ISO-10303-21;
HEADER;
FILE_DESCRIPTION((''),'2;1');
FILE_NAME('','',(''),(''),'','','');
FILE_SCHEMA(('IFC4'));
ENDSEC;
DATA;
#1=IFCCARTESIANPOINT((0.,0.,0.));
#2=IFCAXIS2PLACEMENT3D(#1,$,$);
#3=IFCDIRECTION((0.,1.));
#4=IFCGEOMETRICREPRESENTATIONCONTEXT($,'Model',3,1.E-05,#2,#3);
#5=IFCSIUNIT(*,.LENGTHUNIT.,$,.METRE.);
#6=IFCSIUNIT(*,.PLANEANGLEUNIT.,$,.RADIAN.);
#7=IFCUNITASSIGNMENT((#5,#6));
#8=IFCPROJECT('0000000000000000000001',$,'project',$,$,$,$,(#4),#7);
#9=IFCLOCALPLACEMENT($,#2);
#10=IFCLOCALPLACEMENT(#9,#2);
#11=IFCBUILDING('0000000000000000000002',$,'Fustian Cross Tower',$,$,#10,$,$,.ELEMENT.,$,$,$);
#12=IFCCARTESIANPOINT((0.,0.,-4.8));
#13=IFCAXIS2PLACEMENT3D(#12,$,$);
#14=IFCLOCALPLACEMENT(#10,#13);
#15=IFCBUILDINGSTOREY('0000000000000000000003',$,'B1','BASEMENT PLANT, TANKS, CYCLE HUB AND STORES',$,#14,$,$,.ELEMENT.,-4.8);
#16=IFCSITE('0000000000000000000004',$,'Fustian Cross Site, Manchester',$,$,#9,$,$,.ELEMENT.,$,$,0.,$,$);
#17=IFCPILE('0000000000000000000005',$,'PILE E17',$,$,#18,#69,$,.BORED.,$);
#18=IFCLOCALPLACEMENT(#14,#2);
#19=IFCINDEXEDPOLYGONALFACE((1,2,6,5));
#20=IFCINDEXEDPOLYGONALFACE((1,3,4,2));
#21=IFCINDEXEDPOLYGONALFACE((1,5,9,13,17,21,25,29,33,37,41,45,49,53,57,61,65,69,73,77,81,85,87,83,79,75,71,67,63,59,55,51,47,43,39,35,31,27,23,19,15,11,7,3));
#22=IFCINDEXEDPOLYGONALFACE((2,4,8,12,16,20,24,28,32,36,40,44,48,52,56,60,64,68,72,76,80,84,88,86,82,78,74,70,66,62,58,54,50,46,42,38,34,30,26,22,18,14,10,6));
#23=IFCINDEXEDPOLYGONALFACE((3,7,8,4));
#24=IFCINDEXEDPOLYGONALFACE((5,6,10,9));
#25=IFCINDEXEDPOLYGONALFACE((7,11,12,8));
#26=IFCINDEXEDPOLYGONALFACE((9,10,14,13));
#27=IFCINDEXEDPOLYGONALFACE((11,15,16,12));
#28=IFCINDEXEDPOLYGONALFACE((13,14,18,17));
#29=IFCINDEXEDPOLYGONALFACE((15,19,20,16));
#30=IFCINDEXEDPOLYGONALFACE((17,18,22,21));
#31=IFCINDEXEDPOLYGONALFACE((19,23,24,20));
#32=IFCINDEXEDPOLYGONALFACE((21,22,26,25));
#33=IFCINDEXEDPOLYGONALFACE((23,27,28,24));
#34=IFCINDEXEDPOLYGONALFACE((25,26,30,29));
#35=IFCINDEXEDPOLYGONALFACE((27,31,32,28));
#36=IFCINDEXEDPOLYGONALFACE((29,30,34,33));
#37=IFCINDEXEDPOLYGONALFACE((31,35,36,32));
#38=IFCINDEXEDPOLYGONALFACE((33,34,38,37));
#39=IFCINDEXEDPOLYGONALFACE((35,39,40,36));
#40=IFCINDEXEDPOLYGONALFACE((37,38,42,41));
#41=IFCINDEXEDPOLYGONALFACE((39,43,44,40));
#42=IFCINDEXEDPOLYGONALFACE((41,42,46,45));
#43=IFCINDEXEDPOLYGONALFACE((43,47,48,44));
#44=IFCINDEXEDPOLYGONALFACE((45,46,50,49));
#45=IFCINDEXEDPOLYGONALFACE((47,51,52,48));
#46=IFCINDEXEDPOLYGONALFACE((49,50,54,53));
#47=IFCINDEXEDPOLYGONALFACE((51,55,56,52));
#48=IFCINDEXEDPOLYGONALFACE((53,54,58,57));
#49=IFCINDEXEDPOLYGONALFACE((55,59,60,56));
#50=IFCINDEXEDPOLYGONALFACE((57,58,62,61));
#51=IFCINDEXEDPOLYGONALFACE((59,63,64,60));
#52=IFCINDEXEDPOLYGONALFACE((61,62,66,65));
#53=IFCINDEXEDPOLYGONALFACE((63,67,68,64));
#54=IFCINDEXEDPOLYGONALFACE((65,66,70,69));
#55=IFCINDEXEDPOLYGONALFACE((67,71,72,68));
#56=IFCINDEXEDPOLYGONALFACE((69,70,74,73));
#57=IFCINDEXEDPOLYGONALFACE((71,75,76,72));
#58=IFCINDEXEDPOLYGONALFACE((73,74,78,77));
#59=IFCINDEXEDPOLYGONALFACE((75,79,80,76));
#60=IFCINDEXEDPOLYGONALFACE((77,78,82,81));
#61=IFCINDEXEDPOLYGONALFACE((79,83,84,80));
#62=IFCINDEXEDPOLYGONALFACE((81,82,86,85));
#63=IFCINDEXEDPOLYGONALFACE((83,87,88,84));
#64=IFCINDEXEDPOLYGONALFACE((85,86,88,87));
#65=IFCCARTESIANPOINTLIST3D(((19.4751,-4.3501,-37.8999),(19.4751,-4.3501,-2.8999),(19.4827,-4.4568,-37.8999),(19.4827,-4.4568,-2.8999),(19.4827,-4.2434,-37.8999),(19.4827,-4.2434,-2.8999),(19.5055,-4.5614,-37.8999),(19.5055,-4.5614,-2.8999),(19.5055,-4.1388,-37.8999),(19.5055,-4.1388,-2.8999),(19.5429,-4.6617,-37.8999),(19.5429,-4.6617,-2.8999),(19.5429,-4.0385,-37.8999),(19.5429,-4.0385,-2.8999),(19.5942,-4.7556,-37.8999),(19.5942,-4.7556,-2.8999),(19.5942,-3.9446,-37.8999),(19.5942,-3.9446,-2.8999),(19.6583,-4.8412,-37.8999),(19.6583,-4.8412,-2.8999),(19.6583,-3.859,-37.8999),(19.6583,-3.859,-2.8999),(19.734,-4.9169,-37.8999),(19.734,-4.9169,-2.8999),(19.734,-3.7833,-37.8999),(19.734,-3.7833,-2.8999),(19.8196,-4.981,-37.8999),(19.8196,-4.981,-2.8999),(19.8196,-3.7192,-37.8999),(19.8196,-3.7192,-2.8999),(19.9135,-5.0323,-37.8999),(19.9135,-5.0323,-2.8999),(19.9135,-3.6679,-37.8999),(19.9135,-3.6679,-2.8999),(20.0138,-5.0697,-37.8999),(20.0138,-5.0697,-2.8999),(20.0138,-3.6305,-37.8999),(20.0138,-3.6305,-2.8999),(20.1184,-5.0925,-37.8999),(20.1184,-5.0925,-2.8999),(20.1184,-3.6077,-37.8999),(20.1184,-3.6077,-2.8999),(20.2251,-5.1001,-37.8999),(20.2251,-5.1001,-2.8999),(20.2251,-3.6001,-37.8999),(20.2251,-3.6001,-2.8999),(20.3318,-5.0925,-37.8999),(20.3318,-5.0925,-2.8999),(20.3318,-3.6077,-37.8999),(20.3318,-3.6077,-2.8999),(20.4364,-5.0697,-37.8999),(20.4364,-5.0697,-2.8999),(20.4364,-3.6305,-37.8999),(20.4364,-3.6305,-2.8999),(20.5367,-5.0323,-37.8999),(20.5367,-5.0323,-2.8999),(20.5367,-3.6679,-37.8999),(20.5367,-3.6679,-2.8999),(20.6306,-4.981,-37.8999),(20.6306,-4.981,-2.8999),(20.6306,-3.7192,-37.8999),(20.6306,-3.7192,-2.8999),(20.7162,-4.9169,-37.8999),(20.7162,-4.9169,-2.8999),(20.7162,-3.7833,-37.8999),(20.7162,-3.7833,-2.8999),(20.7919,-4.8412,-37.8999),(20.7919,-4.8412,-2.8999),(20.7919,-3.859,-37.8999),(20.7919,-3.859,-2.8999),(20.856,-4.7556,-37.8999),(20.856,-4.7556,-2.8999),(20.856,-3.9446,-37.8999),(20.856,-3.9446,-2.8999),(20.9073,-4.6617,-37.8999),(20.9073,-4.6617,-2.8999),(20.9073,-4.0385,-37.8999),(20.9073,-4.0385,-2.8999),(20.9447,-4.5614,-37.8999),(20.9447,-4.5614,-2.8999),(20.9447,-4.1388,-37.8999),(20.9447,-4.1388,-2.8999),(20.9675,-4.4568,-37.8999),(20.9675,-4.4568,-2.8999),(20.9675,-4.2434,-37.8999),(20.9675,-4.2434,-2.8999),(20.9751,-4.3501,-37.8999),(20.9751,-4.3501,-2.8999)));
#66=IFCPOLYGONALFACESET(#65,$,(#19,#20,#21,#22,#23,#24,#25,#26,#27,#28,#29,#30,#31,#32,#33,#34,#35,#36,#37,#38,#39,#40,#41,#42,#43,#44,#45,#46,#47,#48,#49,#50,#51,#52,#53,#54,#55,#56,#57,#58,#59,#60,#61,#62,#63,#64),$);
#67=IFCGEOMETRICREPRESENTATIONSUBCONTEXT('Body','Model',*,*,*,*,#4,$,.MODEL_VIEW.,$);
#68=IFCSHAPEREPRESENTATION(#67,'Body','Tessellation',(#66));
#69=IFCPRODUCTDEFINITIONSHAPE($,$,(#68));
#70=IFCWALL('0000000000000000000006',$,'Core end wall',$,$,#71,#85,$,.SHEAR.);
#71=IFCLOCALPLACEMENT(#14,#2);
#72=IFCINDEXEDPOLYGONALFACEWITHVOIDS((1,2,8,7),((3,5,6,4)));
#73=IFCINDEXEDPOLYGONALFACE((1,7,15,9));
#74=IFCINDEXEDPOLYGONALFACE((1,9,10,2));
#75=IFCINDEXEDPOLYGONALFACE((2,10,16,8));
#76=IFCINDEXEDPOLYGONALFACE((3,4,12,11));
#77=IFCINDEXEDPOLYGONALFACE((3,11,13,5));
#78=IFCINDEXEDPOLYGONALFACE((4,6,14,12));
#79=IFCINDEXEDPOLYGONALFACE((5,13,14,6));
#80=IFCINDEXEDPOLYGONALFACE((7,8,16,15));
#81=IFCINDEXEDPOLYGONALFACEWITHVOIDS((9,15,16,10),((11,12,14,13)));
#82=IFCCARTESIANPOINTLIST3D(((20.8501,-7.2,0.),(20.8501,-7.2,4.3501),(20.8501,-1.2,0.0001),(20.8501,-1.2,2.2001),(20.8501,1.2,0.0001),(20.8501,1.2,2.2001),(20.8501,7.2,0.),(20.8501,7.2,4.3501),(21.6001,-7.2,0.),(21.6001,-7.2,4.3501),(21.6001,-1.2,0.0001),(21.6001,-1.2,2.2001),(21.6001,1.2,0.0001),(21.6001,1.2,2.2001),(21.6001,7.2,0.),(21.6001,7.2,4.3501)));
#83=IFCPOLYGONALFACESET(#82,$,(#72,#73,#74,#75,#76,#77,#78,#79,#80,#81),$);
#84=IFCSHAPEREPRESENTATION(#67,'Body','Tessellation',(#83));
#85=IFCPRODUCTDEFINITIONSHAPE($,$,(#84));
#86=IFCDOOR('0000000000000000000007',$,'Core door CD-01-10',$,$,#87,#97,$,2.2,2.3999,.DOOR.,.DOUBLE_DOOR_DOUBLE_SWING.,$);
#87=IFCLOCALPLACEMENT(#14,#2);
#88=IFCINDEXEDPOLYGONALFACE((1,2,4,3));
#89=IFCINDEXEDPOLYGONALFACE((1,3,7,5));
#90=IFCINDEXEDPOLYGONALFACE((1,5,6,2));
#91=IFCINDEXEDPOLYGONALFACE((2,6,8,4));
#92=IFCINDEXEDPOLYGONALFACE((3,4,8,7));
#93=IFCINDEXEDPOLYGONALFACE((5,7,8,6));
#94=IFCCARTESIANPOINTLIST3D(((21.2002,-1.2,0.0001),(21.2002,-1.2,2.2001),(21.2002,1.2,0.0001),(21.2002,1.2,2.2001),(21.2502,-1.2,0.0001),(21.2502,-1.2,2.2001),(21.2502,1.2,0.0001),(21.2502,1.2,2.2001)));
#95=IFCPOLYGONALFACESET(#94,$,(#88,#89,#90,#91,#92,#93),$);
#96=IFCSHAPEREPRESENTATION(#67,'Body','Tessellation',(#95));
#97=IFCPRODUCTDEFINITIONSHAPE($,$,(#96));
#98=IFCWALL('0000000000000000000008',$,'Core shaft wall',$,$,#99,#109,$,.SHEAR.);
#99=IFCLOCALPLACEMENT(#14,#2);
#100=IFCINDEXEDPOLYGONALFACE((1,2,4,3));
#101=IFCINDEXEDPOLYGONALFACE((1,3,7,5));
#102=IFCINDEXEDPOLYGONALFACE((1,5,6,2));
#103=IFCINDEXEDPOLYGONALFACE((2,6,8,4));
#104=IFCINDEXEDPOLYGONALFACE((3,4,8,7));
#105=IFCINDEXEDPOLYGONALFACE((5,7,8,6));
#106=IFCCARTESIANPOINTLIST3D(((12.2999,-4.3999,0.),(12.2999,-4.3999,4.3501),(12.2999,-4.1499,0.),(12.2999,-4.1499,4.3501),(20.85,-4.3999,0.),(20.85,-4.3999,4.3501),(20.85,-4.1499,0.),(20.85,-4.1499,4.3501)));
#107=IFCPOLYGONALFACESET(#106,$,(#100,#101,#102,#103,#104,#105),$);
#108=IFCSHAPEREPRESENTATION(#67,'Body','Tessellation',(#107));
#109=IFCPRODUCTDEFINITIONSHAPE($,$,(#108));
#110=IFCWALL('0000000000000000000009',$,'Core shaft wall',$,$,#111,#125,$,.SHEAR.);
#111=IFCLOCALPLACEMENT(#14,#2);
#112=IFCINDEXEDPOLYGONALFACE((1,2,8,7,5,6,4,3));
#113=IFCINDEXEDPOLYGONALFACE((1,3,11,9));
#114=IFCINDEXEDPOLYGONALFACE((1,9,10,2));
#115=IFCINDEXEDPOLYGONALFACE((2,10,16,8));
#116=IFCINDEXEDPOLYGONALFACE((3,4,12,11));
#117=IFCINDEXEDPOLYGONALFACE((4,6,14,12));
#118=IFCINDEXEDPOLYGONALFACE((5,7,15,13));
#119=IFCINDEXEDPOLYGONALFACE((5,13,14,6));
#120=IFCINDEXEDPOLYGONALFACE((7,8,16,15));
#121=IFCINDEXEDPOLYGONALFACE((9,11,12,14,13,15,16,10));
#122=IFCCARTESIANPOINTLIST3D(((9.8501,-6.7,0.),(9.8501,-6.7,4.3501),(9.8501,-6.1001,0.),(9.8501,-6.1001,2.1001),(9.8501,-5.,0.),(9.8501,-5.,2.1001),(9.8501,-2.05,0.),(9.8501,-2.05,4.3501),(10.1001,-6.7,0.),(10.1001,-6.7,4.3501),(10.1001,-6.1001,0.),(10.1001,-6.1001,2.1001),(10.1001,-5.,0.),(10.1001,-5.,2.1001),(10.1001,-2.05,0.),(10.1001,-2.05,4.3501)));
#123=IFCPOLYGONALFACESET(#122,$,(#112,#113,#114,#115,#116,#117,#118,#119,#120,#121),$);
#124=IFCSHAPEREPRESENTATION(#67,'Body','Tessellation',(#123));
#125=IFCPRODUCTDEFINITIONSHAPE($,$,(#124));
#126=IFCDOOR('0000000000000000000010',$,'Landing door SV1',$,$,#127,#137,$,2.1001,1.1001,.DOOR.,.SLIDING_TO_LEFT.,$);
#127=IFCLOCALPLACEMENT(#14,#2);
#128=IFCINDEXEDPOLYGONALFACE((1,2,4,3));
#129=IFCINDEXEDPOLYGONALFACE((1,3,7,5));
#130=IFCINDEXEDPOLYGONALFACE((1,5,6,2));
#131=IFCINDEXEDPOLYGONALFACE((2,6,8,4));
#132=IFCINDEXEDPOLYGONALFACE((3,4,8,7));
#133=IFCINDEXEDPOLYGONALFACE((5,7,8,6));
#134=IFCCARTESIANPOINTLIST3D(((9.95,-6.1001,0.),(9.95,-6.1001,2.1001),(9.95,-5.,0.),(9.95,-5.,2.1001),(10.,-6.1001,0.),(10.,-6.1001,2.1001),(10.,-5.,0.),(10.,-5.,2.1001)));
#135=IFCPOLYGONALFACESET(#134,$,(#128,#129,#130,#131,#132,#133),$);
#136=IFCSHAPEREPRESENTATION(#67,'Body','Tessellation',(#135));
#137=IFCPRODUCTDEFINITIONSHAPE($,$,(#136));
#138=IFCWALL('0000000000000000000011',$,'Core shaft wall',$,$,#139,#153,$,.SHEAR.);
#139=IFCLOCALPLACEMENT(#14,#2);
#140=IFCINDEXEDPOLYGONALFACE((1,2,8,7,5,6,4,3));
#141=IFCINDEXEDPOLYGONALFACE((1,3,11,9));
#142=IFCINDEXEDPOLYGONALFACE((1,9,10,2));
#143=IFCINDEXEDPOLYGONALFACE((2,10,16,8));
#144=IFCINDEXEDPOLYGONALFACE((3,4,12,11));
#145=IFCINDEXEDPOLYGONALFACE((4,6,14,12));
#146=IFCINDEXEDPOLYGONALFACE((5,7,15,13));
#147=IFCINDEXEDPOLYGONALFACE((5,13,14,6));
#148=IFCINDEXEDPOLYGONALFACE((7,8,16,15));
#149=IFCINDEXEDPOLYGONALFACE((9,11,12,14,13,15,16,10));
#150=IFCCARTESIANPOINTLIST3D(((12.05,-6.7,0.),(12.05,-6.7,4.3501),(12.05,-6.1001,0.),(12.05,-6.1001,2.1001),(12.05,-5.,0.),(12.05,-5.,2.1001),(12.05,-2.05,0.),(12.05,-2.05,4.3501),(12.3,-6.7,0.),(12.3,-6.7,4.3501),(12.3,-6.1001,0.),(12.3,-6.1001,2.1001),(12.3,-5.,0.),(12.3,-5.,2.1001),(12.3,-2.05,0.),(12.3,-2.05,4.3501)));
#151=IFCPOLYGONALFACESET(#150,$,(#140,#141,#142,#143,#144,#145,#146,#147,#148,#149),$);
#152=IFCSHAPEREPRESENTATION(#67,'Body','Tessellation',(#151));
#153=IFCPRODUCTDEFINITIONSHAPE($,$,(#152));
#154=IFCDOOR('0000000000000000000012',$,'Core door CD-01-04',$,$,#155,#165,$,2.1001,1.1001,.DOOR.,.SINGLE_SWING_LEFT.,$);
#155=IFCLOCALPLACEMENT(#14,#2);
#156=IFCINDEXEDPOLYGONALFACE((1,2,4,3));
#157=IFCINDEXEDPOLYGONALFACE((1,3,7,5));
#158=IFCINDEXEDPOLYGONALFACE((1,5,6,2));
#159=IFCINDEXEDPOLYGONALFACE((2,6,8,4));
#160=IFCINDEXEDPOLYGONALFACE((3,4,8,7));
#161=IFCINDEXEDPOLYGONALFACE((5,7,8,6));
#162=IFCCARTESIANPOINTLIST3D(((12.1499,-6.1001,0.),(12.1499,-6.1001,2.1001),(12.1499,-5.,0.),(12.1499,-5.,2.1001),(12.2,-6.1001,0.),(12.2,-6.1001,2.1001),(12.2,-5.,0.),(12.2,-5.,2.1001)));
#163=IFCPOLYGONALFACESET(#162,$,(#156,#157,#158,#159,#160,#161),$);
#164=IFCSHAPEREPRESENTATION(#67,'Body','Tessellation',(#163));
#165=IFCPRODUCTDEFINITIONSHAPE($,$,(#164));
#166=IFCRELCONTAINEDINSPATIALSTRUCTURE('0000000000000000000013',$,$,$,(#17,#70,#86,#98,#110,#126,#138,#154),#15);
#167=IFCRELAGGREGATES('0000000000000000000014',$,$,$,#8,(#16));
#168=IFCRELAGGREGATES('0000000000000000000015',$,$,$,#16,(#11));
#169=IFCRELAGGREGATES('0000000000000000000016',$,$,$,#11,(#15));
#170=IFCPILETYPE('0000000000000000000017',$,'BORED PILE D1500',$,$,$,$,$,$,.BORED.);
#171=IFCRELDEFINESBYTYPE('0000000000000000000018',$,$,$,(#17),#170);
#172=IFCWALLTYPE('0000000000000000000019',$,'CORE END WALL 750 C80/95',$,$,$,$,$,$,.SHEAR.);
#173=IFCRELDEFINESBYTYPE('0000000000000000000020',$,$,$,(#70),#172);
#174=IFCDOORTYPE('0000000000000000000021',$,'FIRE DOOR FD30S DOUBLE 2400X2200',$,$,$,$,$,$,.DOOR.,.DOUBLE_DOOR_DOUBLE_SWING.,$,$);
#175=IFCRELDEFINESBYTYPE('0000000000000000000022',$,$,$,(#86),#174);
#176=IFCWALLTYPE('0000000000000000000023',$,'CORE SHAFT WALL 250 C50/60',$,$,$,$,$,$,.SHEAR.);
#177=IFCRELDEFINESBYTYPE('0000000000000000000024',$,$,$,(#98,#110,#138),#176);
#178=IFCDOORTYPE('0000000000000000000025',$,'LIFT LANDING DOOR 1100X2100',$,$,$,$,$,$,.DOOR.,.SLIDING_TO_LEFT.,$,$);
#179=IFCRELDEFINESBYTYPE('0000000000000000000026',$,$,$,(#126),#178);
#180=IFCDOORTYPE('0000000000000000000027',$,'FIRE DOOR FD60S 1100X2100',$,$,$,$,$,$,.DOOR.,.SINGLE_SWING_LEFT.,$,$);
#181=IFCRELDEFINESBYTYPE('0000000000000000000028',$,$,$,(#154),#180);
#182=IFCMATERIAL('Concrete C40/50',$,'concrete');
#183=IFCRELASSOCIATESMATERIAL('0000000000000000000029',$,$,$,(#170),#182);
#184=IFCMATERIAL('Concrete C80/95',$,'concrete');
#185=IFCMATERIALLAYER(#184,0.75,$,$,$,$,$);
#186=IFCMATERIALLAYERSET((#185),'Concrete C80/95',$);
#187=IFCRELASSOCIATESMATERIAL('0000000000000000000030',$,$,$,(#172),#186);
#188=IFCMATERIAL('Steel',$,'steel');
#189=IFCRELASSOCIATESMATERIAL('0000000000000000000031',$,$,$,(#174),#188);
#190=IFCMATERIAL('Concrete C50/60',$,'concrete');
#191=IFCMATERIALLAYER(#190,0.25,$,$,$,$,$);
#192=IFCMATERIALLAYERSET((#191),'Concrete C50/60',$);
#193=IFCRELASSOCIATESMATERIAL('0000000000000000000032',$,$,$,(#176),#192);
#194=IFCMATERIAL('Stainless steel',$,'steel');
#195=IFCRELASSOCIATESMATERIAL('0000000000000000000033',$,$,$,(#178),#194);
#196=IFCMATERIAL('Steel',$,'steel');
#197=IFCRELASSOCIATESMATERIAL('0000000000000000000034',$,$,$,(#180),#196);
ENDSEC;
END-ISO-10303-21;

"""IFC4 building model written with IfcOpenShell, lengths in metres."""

from ifc_helpers import new_model, si_unit, direction, frame, frame_2d, origin, origin_2d, place, context, subcontext, project, spatial, rectangle, circle, extrude, material, layer, layer_set, material_profile, profile_set, type_object, element, fill, save


model = new_model("IFC4")

# Units and contexts
model_context = context("Model", 3, precision=1e-05, world=origin(), true_north=direction((0.0, 1.0)))
body_context = subcontext(model_context, "Body", "Model", "MODEL_VIEW")
ifc_project = project(units=[si_unit("LENGTHUNIT", "METRE"), si_unit("PLANEANGLEUNIT", "RADIAN")], contexts=[model_context])

# Site, building, storey
site_placement = place(None, origin())
site = spatial("IfcSite", under=ifc_project, at=site_placement, Name="Fustian Cross Site, Manchester", CompositionType="ELEMENT", RefElevation=0.0)
building_placement = place(site_placement, origin())
building = spatial("IfcBuilding", under=site, at=building_placement, Name="Fustian Cross Tower", CompositionType="ELEMENT")
storey_placement = place(building_placement, frame((0.0, 0.0, -4.8)))
storey = spatial("IfcBuildingStorey", under=building, at=storey_placement, Name="B1", Description="BASEMENT PLANT, TANKS, CYCLE HUB AND STORES", CompositionType="ELEMENT", Elevation=-4.8)

# Pile
ifc_material_1 = material(Name="Concrete C40/50", Category="concrete")
ifc_material_profile = material_profile(ifc_material_1, circle(Radius=0.75, at=origin_2d()), Name="BORED PILE D1500")
ifc_profile_set = profile_set([ifc_material_profile], Name="Concrete C40/50")
pile_type = type_object("IfcPileType", Name="BORED PILE D1500", PredefinedType="BORED", material=ifc_profile_set)
for number, where, z_axis, x_axis, name in (
    (1, (20.2251, -4.3501, -2.8999), (0.0, 0.0, -1.0), (1.0, 0.0, 0.0), "PILE E17"),
):
    element("IfcPile", number, at=place(storey_placement, frame(where, z_axis=z_axis, x_axis=x_axis)), inside=storey, type_object=pile_type, Name=name, PredefinedType="BORED", context=body_context, shape_type="SweptSolid", body=[
        extrude(circle(Radius=0.75, at=origin_2d()), origin(), (0.0, 0.0, 1.0), 35.0),
    ])

# Wall, opening, door
ifc_material_2 = material(Name="Concrete C80/95", Category="concrete")
ifc_layer_1 = layer(ifc_material_2, 0.75)
ifc_layer_set_1 = layer_set([ifc_layer_1], Name="Concrete C80/95")
wall_type_1 = type_object("IfcWallType", Name="CORE END WALL 750 C80/95", PredefinedType="SHEAR", material=ifc_layer_set_1)
wall_1_placement = place(storey_placement, frame((21.2251, -7.2, 0.0), z_axis=(0.0, 0.0, 1.0), x_axis=(0.0, 1.0, 0.0)))
wall_1 = element("IfcWall", 2, at=wall_1_placement, inside=storey, type_object=wall_type_1, Name="Core end wall", PredefinedType="SHEAR", context=body_context, shape_type="SweptSolid", body=[
    extrude(rectangle(XDim=14.3999, YDim=0.75, at=frame_2d((7.2, 0.0))), origin(), (0.0, 0.0, 1.0), 4.3501),
])
opening_1_placement = place(wall_1_placement, frame((6.0, 0.0, 0.0)))
opening_1 = element("IfcOpeningElement", 3, at=opening_1_placement, cuts=wall_1, PredefinedType="OPENING", context=body_context, shape_type="SweptSolid", body=[
    extrude(rectangle(XDim=2.3999, YDim=2.2, at=frame_2d((1.2, 1.1001))), frame((0.0, 0.385, 0.0), z_axis=(0.0, -1.0, 0.0), x_axis=(1.0, 0.0, 0.0)), (0.0, 0.0, 1.0), 0.77),
])
ifc_material_3 = material(Name="Steel", Category="steel")
door_type_1 = type_object("IfcDoorType", Name="FIRE DOOR FD30S DOUBLE 2400X2200", OperationType="DOUBLE_DOOR_DOUBLE_SWING", PredefinedType="DOOR", material=ifc_material_3)
door_1_placement = place(opening_1_placement, origin())
door_1 = element("IfcDoor", 4, at=door_1_placement, inside=storey, type_object=door_type_1, Name="Core door CD-01-10", OperationType="DOUBLE_DOOR_DOUBLE_SWING", OverallHeight=2.2, OverallWidth=2.3999, PredefinedType="DOOR", context=body_context, shape_type="SweptSolid", body=[
    extrude(rectangle(XDim=2.3999, YDim=2.2, at=frame_2d((1.2, 1.1001))), frame((0.0, 0.0249, 0.0), z_axis=(0.0, -1.0, 0.0), x_axis=(1.0, 0.0, 0.0)), (0.0, 0.0, 1.0), 0.05),
])
fill(opening_1, door_1)

# Wall
ifc_material_4 = material(Name="Concrete C50/60", Category="concrete")
ifc_layer_2 = layer(ifc_material_4, 0.25)
ifc_layer_set_2 = layer_set([ifc_layer_2], Name="Concrete C50/60")
wall_type_2 = type_object("IfcWallType", Name="CORE SHAFT WALL 250 C50/60", PredefinedType="SHEAR", material=ifc_layer_set_2)
wall_2_placement = place(storey_placement, frame((12.3, -4.2749, 0.0), z_axis=(0.0, 0.0, 1.0), x_axis=(1.0, 0.0, 0.0)))
element("IfcWall", 5, at=wall_2_placement, inside=storey, type_object=wall_type_2, Name="Core shaft wall", PredefinedType="SHEAR", context=body_context, shape_type="SweptSolid", body=[
    extrude(rectangle(XDim=8.55, YDim=0.25, at=frame_2d((4.2749, 0.0))), origin(), (0.0, 0.0, 1.0), 4.3501),
])

# Walls, openings, doors
wall_3_placement = place(storey_placement, frame((9.9751, -2.05, 0.0), z_axis=(0.0, 0.0, 1.0), x_axis=(0.0, -1.0, 0.0)))
wall_3 = element("IfcWall", 6, at=wall_3_placement, inside=storey, type_object=wall_type_2, Name="Core shaft wall", PredefinedType="SHEAR", context=body_context, shape_type="SweptSolid", body=[
    extrude(rectangle(XDim=4.6499, YDim=0.25, at=frame_2d((2.325, 0.0))), origin(), (0.0, 0.0, 1.0), 4.3501),
])
opening_2_placement = place(wall_3_placement, frame((2.95, 0.0, 0.0)))
opening_2 = element("IfcOpeningElement", 7, at=opening_2_placement, cuts=wall_3, PredefinedType="OPENING", context=body_context, shape_type="SweptSolid", body=[
    extrude(rectangle(XDim=1.1001, YDim=2.1001, at=frame_2d((0.55, 1.05))), frame((0.0, 0.135, 0.0), z_axis=(0.0, -1.0, 0.0), x_axis=(1.0, 0.0, 0.0)), (0.0, 0.0, 1.0), 0.27),
])
ifc_material_5 = material(Name="Stainless steel", Category="steel")
door_type_2 = type_object("IfcDoorType", Name="LIFT LANDING DOOR 1100X2100", OperationType="SLIDING_TO_LEFT", PredefinedType="DOOR", material=ifc_material_5)
door_2_placement = place(opening_2_placement, origin())
door_2 = element("IfcDoor", 8, at=door_2_placement, inside=storey, type_object=door_type_2, Name="Landing door SV1", OperationType="SLIDING_TO_LEFT", OverallHeight=2.1001, OverallWidth=1.1001, PredefinedType="DOOR", context=body_context, shape_type="SweptSolid", body=[
    extrude(rectangle(XDim=1.1001, YDim=2.1001, at=frame_2d((0.55, 1.05))), frame((0.0, 0.0249, 0.0), z_axis=(0.0, -1.0, 0.0), x_axis=(1.0, 0.0, 0.0)), (0.0, 0.0, 1.0), 0.05),
])
fill(opening_2, door_2)
wall_4_placement = place(storey_placement, frame((12.175, -2.05, 0.0), z_axis=(0.0, 0.0, 1.0), x_axis=(0.0, -1.0, 0.0)))
wall_4 = element("IfcWall", 9, at=wall_4_placement, inside=storey, type_object=wall_type_2, Name="Core shaft wall", PredefinedType="SHEAR", context=body_context, shape_type="SweptSolid", body=[
    extrude(rectangle(XDim=4.6499, YDim=0.25, at=frame_2d((2.325, 0.0))), origin(), (0.0, 0.0, 1.0), 4.3501),
])
opening_3_placement = place(wall_4_placement, frame((2.95, 0.0, 0.0)))
opening_3 = element("IfcOpeningElement", 10, at=opening_3_placement, cuts=wall_4, PredefinedType="OPENING", context=body_context, shape_type="SweptSolid", body=[
    extrude(rectangle(XDim=1.1001, YDim=2.1001, at=frame_2d((0.55, 1.05))), frame((0.0, 0.135, 0.0), z_axis=(0.0, -1.0, 0.0), x_axis=(1.0, 0.0, 0.0)), (0.0, 0.0, 1.0), 0.27),
])
ifc_material_6 = material(Name="Steel", Category="steel")
door_type_3 = type_object("IfcDoorType", Name="FIRE DOOR FD60S 1100X2100", OperationType="SINGLE_SWING_LEFT", PredefinedType="DOOR", material=ifc_material_6)
door_3_placement = place(opening_3_placement, origin())
door_3 = element("IfcDoor", 11, at=door_3_placement, inside=storey, type_object=door_type_3, Name="Core door CD-01-04", OperationType="SINGLE_SWING_LEFT", OverallHeight=2.1001, OverallWidth=1.1001, PredefinedType="DOOR", context=body_context, shape_type="SweptSolid", body=[
    extrude(rectangle(XDim=1.1001, YDim=2.1001, at=frame_2d((0.55, 1.05))), frame((0.0, 0.0249, 0.0), z_axis=(0.0, -1.0, 0.0), x_axis=(1.0, 0.0, 0.0)), (0.0, 0.0, 1.0), 0.05),
])
fill(opening_3, door_3)

save(model, "model.ifc")
